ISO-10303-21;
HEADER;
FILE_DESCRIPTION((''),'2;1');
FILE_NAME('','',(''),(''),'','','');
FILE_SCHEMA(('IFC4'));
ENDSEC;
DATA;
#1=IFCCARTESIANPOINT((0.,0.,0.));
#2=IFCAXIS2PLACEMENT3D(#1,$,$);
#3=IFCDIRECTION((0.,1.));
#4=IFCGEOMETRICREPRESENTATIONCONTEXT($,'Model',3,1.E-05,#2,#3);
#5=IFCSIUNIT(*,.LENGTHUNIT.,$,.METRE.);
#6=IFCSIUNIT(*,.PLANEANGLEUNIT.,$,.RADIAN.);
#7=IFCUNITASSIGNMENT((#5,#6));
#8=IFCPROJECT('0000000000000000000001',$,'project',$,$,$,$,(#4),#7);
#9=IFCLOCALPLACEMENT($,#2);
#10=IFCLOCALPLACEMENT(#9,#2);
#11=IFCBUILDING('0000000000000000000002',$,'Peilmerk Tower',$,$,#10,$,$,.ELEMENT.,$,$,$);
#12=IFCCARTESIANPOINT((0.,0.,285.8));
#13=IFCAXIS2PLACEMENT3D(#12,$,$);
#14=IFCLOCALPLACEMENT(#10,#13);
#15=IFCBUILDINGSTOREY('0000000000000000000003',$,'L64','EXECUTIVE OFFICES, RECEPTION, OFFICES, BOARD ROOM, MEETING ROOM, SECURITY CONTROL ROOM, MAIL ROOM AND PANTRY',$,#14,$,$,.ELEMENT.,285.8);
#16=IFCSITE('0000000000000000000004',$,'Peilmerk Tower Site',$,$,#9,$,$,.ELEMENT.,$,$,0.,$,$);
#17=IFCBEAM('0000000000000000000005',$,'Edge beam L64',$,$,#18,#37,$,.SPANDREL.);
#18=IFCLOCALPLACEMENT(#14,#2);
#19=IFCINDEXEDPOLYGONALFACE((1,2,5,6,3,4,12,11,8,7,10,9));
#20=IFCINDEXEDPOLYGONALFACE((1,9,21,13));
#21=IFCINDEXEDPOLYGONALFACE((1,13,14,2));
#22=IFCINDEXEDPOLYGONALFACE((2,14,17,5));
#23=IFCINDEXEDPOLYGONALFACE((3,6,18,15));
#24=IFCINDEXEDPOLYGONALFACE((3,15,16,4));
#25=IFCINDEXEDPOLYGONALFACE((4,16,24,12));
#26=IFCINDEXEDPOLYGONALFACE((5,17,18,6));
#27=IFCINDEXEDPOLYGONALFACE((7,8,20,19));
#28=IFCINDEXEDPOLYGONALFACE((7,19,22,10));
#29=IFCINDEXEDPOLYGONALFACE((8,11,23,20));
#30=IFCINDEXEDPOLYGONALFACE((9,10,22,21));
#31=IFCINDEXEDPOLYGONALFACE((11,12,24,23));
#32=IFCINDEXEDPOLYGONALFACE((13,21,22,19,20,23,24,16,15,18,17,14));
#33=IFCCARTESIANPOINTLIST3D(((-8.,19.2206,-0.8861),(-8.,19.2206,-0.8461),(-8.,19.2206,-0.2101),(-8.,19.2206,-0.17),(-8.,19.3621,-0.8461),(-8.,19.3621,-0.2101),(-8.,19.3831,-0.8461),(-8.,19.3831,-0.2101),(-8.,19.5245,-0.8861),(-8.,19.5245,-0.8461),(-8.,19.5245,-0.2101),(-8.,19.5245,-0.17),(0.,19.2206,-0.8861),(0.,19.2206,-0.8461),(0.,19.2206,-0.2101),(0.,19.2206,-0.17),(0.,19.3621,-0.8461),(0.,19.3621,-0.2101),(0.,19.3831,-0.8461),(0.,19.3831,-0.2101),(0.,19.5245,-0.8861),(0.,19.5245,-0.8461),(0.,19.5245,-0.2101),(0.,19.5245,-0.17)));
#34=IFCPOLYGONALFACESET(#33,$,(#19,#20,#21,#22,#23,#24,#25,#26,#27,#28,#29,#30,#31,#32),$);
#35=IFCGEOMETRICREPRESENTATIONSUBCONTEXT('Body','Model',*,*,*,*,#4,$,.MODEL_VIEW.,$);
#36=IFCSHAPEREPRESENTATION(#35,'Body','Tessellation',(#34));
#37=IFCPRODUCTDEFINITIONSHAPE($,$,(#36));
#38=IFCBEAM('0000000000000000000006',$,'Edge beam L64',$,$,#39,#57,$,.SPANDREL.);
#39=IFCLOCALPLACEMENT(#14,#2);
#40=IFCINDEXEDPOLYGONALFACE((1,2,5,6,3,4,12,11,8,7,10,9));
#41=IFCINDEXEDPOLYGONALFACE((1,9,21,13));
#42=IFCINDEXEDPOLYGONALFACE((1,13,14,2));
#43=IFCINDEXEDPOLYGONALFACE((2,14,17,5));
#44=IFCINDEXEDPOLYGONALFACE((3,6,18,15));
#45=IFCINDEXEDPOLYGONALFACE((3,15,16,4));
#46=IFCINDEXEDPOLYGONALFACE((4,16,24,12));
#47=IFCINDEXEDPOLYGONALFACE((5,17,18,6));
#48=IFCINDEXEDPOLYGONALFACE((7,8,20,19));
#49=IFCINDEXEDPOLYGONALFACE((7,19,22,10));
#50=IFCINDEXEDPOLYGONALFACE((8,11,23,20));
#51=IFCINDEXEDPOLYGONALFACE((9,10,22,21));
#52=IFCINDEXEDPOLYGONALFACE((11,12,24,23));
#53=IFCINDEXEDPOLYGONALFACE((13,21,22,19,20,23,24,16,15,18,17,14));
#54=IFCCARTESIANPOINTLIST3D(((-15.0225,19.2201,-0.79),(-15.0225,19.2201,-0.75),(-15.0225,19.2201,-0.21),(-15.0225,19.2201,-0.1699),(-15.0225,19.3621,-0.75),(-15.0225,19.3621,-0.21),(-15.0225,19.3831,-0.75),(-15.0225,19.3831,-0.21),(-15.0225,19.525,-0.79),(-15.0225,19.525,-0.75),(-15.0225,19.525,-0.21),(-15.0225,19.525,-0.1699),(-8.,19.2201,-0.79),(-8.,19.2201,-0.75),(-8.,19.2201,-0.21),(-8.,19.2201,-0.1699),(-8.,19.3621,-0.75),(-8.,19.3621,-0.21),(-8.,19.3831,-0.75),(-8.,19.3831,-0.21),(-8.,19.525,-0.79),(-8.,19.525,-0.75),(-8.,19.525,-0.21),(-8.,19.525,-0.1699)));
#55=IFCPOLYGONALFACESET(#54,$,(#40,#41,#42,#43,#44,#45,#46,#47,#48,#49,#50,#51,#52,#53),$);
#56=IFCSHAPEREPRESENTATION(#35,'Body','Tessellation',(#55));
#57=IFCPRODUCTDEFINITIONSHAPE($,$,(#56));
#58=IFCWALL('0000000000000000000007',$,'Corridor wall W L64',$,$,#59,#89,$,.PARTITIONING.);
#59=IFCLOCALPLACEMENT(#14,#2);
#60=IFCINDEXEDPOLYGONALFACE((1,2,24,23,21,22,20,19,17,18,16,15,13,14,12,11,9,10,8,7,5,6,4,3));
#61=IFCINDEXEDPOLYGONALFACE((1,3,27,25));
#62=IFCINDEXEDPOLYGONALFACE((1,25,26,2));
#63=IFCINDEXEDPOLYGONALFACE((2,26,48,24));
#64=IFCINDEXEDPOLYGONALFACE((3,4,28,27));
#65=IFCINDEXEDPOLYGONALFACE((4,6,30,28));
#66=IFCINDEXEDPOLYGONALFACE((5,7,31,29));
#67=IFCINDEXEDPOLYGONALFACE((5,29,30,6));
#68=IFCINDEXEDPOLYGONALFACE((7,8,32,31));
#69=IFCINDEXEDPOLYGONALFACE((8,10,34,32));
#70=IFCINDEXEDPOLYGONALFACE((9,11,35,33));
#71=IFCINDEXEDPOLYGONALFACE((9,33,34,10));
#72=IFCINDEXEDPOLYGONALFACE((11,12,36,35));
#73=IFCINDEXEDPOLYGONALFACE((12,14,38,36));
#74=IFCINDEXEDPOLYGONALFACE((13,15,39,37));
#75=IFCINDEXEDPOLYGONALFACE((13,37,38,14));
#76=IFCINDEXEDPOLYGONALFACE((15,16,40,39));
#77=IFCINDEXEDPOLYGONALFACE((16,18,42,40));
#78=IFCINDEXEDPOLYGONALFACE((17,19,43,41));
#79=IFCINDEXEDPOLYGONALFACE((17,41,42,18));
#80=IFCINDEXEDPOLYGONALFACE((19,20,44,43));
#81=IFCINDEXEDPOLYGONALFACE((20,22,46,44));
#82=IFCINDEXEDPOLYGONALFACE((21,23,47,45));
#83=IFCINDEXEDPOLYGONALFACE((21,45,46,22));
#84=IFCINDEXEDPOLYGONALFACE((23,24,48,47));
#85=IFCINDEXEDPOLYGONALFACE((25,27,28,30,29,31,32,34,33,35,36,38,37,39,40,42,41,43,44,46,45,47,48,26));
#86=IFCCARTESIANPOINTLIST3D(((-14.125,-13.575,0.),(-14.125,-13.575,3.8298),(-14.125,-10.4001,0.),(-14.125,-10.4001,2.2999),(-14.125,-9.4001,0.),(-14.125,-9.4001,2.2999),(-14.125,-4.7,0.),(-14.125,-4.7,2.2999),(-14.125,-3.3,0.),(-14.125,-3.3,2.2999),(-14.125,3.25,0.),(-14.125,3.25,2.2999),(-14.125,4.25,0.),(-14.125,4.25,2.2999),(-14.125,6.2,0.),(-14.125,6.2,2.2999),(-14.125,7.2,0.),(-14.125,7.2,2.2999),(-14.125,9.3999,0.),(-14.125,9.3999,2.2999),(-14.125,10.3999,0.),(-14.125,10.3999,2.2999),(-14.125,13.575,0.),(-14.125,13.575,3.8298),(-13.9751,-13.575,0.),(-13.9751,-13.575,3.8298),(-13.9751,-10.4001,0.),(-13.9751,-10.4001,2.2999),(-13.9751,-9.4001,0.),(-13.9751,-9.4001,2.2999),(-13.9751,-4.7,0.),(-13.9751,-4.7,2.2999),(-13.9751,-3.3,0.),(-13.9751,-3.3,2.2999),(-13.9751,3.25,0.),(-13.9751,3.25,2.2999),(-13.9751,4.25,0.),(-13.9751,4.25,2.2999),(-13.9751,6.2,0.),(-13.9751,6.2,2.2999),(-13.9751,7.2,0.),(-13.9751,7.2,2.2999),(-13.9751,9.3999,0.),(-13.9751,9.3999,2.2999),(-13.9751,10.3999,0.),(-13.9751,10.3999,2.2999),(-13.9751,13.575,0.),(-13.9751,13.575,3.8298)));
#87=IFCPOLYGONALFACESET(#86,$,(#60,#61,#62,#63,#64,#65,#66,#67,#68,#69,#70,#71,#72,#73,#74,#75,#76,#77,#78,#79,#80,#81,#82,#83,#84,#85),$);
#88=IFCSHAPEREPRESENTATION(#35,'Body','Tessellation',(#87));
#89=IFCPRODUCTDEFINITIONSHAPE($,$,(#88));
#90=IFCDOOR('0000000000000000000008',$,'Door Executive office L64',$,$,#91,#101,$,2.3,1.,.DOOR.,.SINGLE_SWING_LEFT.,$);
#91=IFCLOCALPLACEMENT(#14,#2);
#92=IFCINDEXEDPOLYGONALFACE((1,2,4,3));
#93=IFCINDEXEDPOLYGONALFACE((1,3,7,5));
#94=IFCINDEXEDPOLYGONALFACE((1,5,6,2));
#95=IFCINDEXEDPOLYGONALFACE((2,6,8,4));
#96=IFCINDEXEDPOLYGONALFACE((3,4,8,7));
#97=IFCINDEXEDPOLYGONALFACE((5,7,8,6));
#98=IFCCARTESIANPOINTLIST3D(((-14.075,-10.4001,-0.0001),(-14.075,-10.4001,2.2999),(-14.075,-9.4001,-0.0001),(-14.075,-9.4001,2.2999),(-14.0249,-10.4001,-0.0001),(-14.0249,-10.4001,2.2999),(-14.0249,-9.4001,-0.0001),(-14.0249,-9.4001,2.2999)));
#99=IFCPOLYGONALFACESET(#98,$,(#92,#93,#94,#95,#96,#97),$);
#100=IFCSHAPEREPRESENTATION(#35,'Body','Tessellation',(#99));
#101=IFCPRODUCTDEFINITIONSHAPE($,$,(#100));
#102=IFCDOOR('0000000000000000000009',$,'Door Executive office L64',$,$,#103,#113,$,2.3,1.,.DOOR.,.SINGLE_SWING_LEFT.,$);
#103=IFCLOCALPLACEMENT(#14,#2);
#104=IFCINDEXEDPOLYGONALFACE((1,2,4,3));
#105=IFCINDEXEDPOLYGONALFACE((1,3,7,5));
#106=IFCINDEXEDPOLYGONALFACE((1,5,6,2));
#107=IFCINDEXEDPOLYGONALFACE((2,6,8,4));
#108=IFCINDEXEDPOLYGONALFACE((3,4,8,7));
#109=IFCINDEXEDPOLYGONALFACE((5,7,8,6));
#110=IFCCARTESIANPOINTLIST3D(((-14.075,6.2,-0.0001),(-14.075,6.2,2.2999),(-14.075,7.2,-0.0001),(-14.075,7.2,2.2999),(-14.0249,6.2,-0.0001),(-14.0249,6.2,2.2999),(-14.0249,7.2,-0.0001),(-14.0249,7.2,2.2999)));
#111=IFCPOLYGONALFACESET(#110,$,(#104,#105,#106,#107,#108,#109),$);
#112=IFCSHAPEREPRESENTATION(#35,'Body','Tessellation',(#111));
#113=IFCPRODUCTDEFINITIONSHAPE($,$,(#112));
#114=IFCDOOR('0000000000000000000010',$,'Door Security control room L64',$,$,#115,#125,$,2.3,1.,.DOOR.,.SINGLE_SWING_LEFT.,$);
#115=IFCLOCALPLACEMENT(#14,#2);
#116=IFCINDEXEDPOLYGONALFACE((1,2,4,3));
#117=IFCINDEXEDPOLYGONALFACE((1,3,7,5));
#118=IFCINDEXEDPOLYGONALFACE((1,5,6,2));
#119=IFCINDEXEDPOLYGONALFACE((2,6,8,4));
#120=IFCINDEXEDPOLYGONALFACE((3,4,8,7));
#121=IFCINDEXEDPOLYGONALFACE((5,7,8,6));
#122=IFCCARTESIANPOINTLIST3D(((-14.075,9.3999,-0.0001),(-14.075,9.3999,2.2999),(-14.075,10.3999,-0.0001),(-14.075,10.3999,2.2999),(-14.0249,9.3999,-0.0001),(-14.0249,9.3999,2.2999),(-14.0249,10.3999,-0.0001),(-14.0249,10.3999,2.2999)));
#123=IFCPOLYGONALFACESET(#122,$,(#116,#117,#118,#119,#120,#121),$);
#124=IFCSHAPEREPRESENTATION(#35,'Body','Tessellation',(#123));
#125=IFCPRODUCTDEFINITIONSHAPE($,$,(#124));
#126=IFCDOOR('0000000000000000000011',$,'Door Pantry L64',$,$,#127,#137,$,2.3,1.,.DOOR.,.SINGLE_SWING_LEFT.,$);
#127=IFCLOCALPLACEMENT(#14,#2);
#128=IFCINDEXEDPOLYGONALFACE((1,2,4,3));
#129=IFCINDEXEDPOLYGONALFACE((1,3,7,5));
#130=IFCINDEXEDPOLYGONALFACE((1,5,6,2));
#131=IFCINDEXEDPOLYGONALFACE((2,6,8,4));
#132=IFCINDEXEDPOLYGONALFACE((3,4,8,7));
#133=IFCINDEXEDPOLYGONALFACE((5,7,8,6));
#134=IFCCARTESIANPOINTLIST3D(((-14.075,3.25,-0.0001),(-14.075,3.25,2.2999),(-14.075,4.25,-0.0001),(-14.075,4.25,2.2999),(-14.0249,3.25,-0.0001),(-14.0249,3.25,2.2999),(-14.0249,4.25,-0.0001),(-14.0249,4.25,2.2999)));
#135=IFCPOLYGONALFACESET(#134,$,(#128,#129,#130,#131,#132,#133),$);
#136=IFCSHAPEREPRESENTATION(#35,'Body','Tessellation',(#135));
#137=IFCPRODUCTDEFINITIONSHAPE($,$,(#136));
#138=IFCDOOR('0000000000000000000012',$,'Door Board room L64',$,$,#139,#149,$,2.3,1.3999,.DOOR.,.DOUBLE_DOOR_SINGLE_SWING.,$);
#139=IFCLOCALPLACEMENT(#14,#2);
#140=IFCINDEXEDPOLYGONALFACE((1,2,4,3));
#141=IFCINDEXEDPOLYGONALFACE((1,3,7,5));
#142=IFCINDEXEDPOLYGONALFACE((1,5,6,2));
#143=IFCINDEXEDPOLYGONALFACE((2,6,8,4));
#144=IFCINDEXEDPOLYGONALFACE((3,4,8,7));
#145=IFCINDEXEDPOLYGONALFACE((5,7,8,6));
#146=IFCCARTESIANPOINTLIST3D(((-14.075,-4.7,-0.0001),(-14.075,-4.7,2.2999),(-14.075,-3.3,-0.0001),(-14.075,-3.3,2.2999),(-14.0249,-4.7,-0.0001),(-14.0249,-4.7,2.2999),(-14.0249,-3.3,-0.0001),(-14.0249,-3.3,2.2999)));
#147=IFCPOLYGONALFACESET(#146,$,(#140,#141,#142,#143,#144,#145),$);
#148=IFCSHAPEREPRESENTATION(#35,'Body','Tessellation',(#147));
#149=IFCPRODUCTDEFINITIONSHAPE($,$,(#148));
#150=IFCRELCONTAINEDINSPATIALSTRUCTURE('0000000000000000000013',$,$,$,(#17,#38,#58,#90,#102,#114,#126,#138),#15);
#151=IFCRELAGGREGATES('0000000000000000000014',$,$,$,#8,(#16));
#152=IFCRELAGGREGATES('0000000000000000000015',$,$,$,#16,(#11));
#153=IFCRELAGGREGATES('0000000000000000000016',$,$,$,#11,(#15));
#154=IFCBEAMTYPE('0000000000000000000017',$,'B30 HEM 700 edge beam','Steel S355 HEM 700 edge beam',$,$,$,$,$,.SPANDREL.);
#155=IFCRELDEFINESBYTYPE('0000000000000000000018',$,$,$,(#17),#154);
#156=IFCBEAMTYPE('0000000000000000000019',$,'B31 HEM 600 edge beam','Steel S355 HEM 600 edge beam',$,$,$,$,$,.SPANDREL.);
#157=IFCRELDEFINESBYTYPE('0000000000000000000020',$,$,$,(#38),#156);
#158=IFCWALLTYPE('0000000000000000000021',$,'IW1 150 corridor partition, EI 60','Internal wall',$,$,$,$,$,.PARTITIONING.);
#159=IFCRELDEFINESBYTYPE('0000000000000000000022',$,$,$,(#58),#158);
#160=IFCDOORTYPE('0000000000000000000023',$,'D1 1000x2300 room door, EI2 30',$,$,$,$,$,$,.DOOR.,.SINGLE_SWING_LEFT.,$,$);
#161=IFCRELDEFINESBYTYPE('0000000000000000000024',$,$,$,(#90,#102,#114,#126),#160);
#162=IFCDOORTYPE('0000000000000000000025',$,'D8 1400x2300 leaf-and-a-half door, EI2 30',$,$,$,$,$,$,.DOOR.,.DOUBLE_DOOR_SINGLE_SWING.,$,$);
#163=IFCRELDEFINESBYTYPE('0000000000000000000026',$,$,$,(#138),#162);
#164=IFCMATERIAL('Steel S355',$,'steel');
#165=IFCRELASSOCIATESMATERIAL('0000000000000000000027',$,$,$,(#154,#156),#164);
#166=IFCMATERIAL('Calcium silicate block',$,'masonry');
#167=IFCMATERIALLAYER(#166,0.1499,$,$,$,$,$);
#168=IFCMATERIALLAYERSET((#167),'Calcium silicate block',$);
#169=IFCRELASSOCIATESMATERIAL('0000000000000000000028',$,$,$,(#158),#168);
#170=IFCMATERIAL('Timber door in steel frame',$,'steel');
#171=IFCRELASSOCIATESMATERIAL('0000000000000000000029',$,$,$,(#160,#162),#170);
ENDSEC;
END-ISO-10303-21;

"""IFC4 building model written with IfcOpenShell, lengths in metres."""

from ifc_helpers import new_model, si_unit, direction, frame, frame_2d, origin, origin_2d, place, context, subcontext, project, spatial, rectangle, i_section, extrude, material, layer, layer_set, material_profile, profile_set, type_object, element, fill, save


model = new_model("IFC4")

# Units and contexts
model_context = context("Model", 3, precision=1e-05, world=origin(), true_north=direction((0.0, 1.0)))
body_context = subcontext(model_context, "Body", "Model", "MODEL_VIEW")
ifc_project = project(units=[si_unit("LENGTHUNIT", "METRE"), si_unit("PLANEANGLEUNIT", "RADIAN")], contexts=[model_context])

# Site, building, storey
site_placement = place(None, origin())
site = spatial("IfcSite", under=ifc_project, at=site_placement, Name="Peilmerk Tower Site", CompositionType="ELEMENT", RefElevation=0.0)
building_placement = place(site_placement, origin())
building = spatial("IfcBuilding", under=site, at=building_placement, Name="Peilmerk Tower", CompositionType="ELEMENT")
storey_placement = place(building_placement, frame((0.0, 0.0, 285.8)))
storey = spatial("IfcBuildingStorey", under=building, at=storey_placement, Name="L64", Description="EXECUTIVE OFFICES, RECEPTION, OFFICES, BOARD ROOM, MEETING ROOM, SECURITY CONTROL ROOM, MAIL ROOM AND PANTRY", CompositionType="ELEMENT", Elevation=285.8)

# Beams
ifc_material_1 = material(Name="Steel S355", Category="steel")
ifc_material_profile_1 = material_profile(ifc_material_1, i_section(OverallWidth=0.304, OverallDepth=0.7161, WebThickness=0.021, FlangeThickness=0.04, at=origin_2d()), Name="HEM 700")
ifc_profile_set_1 = profile_set([ifc_material_profile_1], Name="Steel S355")
beam_type_1 = type_object("IfcBeamType", Name="B30 HEM 700 edge beam", Description="Steel S355 HEM 700 edge beam", PredefinedType="SPANDREL", material=ifc_profile_set_1)
beam_1_placement = place(storey_placement, frame((0.0, 19.3726, -0.5281), z_axis=(-1.0, 0.0, 0.0), x_axis=(0.0, -1.0, 0.0)))
element("IfcBeam", 1, at=beam_1_placement, inside=storey, type_object=beam_type_1, Name="Edge beam L64", PredefinedType="SPANDREL", context=body_context, shape_type="SweptSolid", body=[
    extrude(i_section(OverallWidth=0.304, OverallDepth=0.7161, WebThickness=0.021, FlangeThickness=0.04, at=origin_2d()), origin(), (0.0, 0.0, 1.0), 8.0),
])
ifc_material_profile_2 = material_profile(ifc_material_1, i_section(OverallWidth=0.3049, OverallDepth=0.6201, WebThickness=0.021, FlangeThickness=0.04, at=origin_2d()), Name="HEM 600")
ifc_profile_set_2 = profile_set([ifc_material_profile_2], Name="Steel S355")
beam_type_2 = type_object("IfcBeamType", Name="B31 HEM 600 edge beam", Description="Steel S355 HEM 600 edge beam", PredefinedType="SPANDREL", material=ifc_profile_set_2)
beam_2_placement = place(storey_placement, frame((-8.0, 19.3726, -0.48), z_axis=(-1.0, 0.0, 0.0), x_axis=(0.0, -1.0, 0.0)))
element("IfcBeam", 2, at=beam_2_placement, inside=storey, type_object=beam_type_2, Name="Edge beam L64", PredefinedType="SPANDREL", context=body_context, shape_type="SweptSolid", body=[
    extrude(i_section(OverallWidth=0.3049, OverallDepth=0.6201, WebThickness=0.021, FlangeThickness=0.04, at=origin_2d()), origin(), (0.0, 0.0, 1.0), 7.0225),
])

# Wall, openings, doors
ifc_material_2 = material(Name="Calcium silicate block", Category="masonry")
ifc_layer_1 = layer(ifc_material_2, 0.1499)
ifc_layer_set_1 = layer_set([ifc_layer_1], Name="Calcium silicate block")
wall_type_1 = type_object("IfcWallType", Name="IW1 150 corridor partition, EI 60", Description="Internal wall", PredefinedType="PARTITIONING", material=ifc_layer_set_1)
wall_1_placement = place(storey_placement, frame((-14.05, 13.575, 0.0), z_axis=(0.0, 0.0, 1.0), x_axis=(0.0, -1.0, 0.0)))
wall_1 = element("IfcWall", 3, at=wall_1_placement, inside=storey, type_object=wall_type_1, Name="Corridor wall W L64", PredefinedType="PARTITIONING", context=body_context, shape_type="SweptSolid", body=[
    extrude(rectangle(XDim=27.1499, YDim=0.1499, at=frame_2d((13.575, 0.0))), origin(), (0.0, 0.0, 1.0), 3.8298),
])
opening_1_placement = place(wall_1_placement, frame((22.9751, 0.0, 0.0)))
opening_1 = element("IfcOpeningElement", 4, at=opening_1_placement, cuts=wall_1, PredefinedType="OPENING", context=body_context, shape_type="SweptSolid", body=[
    extrude(rectangle(XDim=1.0, YDim=2.3, at=frame_2d((0.5, 1.1499))), frame((0.0, 0.085, 0.0), z_axis=(0.0, -1.0, 0.0), x_axis=(1.0, 0.0, 0.0)), (0.0, 0.0, 1.0), 0.1699),
])
opening_2_placement = place(wall_1_placement, frame((16.875, 0.0, 0.0)))
opening_2 = element("IfcOpeningElement", 5, at=opening_2_placement, cuts=wall_1, PredefinedType="OPENING", context=body_context, shape_type="SweptSolid", body=[
    extrude(rectangle(XDim=1.3999, YDim=2.3, at=frame_2d((0.7, 1.1499))), frame((0.0, 0.085, 0.0), z_axis=(0.0, -1.0, 0.0), x_axis=(1.0, 0.0, 0.0)), (0.0, 0.0, 1.0), 0.1699),
])
opening_3_placement = place(wall_1_placement, frame((6.375, 0.0, 0.0)))
opening_3 = element("IfcOpeningElement", 6, at=opening_3_placement, cuts=wall_1, PredefinedType="OPENING", context=body_context, shape_type="SweptSolid", body=[
    extrude(rectangle(XDim=1.0, YDim=2.3, at=frame_2d((0.5, 1.1499))), frame((0.0, 0.085, 0.0), z_axis=(0.0, -1.0, 0.0), x_axis=(1.0, 0.0, 0.0)), (0.0, 0.0, 1.0), 0.1699),
])
opening_4_placement = place(wall_1_placement, frame((3.175, 0.0, 0.0)))
opening_4 = element("IfcOpeningElement", 7, at=opening_4_placement, cuts=wall_1, PredefinedType="OPENING", context=body_context, shape_type="SweptSolid", body=[
    extrude(rectangle(XDim=1.0, YDim=2.3, at=frame_2d((0.5, 1.1499))), frame((0.0, 0.085, 0.0), z_axis=(0.0, -1.0, 0.0), x_axis=(1.0, 0.0, 0.0)), (0.0, 0.0, 1.0), 0.1699),
])
opening_5_placement = place(wall_1_placement, frame((9.325, 0.0, 0.0)))
opening_5 = element("IfcOpeningElement", 8, at=opening_5_placement, cuts=wall_1, PredefinedType="OPENING", context=body_context, shape_type="SweptSolid", body=[
    extrude(rectangle(XDim=1.0, YDim=2.3, at=frame_2d((0.5, 1.1499))), frame((0.0, 0.085, 0.0), z_axis=(0.0, -1.0, 0.0), x_axis=(1.0, 0.0, 0.0)), (0.0, 0.0, 1.0), 0.1699),
])
ifc_material_3 = material(Name="Timber door in steel frame", Category="steel")
door_type_1 = type_object("IfcDoorType", Name="D1 1000x2300 room door, EI2 30", OperationType="SINGLE_SWING_LEFT", PredefinedType="DOOR", material=ifc_material_3)
door_1_placement = place(opening_1_placement, frame((1.0, 0.0, 0.0), z_axis=(0.0, 0.0, 1.0), x_axis=(-1.0, 0.0, 0.0)))
door_1 = element("IfcDoor", 9, at=door_1_placement, inside=storey, type_object=door_type_1, Name="Door Executive office L64", OperationType="SINGLE_SWING_LEFT", OverallHeight=2.3, OverallWidth=1.0, PredefinedType="DOOR", context=body_context, shape_type="SweptSolid", body=[
    extrude(rectangle(XDim=1.0, YDim=2.3, at=frame_2d((0.5, 1.1499))), frame((0.0, 0.0249, 0.0), z_axis=(0.0, -1.0, 0.0), x_axis=(1.0, 0.0, 0.0)), (0.0, 0.0, 1.0), 0.05),
])
fill(opening_1, door_1)
door_2_placement = place(opening_3_placement, frame((1.0, 0.0, 0.0), z_axis=(0.0, 0.0, 1.0), x_axis=(-1.0, 0.0, 0.0)))
door_2 = element("IfcDoor", 10, at=door_2_placement, inside=storey, type_object=door_type_1, Name="Door Executive office L64", OperationType="SINGLE_SWING_LEFT", OverallHeight=2.3, OverallWidth=1.0, PredefinedType="DOOR", context=body_context, shape_type="SweptSolid", body=[
    extrude(rectangle(XDim=1.0, YDim=2.3, at=frame_2d((0.5, 1.1499))), frame((0.0, 0.0249, 0.0), z_axis=(0.0, -1.0, 0.0), x_axis=(1.0, 0.0, 0.0)), (0.0, 0.0, 1.0), 0.05),
])
fill(opening_3, door_2)
door_3_placement = place(opening_4_placement, frame((1.0, 0.0, 0.0), z_axis=(0.0, 0.0, 1.0), x_axis=(-1.0, 0.0, 0.0)))
door_3 = element("IfcDoor", 11, at=door_3_placement, inside=storey, type_object=door_type_1, Name="Door Security control room L64", OperationType="SINGLE_SWING_LEFT", OverallHeight=2.3, OverallWidth=1.0, PredefinedType="DOOR", context=body_context, shape_type="SweptSolid", body=[
    extrude(rectangle(XDim=1.0, YDim=2.3, at=frame_2d((0.5, 1.1499))), frame((0.0, 0.0249, 0.0), z_axis=(0.0, -1.0, 0.0), x_axis=(1.0, 0.0, 0.0)), (0.0, 0.0, 1.0), 0.05),
])
fill(opening_4, door_3)
door_4_placement = place(opening_5_placement, frame((1.0, 0.0, 0.0), z_axis=(0.0, 0.0, 1.0), x_axis=(-1.0, 0.0, 0.0)))
door_4 = element("IfcDoor", 12, at=door_4_placement, inside=storey, type_object=door_type_1, Name="Door Pantry L64", OperationType="SINGLE_SWING_LEFT", OverallHeight=2.3, OverallWidth=1.0, PredefinedType="DOOR", context=body_context, shape_type="SweptSolid", body=[
    extrude(rectangle(XDim=1.0, YDim=2.3, at=frame_2d((0.5, 1.1499))), frame((0.0, 0.0249, 0.0), z_axis=(0.0, -1.0, 0.0), x_axis=(1.0, 0.0, 0.0)), (0.0, 0.0, 1.0), 0.05),
])
fill(opening_5, door_4)
door_type_2 = type_object("IfcDoorType", Name="D8 1400x2300 leaf-and-a-half door, EI2 30", OperationType="DOUBLE_DOOR_SINGLE_SWING", PredefinedType="DOOR", material=ifc_material_3)
door_5_placement = place(opening_2_placement, frame((1.3999, 0.0, 0.0), z_axis=(0.0, 0.0, 1.0), x_axis=(-1.0, 0.0, 0.0)))
door_5 = element("IfcDoor", 13, at=door_5_placement, inside=storey, type_object=door_type_2, Name="Door Board room L64", OperationType="DOUBLE_DOOR_SINGLE_SWING", OverallHeight=2.3, OverallWidth=1.3999, PredefinedType="DOOR", context=body_context, shape_type="SweptSolid", body=[
    extrude(rectangle(XDim=1.3999, YDim=2.3, at=frame_2d((0.7, 1.1499))), frame((0.0, 0.0249, 0.0), z_axis=(0.0, -1.0, 0.0), x_axis=(1.0, 0.0, 0.0)), (0.0, 0.0, 1.0), 0.05),
])
fill(opening_2, door_5)

save(model, "model.ifc")
